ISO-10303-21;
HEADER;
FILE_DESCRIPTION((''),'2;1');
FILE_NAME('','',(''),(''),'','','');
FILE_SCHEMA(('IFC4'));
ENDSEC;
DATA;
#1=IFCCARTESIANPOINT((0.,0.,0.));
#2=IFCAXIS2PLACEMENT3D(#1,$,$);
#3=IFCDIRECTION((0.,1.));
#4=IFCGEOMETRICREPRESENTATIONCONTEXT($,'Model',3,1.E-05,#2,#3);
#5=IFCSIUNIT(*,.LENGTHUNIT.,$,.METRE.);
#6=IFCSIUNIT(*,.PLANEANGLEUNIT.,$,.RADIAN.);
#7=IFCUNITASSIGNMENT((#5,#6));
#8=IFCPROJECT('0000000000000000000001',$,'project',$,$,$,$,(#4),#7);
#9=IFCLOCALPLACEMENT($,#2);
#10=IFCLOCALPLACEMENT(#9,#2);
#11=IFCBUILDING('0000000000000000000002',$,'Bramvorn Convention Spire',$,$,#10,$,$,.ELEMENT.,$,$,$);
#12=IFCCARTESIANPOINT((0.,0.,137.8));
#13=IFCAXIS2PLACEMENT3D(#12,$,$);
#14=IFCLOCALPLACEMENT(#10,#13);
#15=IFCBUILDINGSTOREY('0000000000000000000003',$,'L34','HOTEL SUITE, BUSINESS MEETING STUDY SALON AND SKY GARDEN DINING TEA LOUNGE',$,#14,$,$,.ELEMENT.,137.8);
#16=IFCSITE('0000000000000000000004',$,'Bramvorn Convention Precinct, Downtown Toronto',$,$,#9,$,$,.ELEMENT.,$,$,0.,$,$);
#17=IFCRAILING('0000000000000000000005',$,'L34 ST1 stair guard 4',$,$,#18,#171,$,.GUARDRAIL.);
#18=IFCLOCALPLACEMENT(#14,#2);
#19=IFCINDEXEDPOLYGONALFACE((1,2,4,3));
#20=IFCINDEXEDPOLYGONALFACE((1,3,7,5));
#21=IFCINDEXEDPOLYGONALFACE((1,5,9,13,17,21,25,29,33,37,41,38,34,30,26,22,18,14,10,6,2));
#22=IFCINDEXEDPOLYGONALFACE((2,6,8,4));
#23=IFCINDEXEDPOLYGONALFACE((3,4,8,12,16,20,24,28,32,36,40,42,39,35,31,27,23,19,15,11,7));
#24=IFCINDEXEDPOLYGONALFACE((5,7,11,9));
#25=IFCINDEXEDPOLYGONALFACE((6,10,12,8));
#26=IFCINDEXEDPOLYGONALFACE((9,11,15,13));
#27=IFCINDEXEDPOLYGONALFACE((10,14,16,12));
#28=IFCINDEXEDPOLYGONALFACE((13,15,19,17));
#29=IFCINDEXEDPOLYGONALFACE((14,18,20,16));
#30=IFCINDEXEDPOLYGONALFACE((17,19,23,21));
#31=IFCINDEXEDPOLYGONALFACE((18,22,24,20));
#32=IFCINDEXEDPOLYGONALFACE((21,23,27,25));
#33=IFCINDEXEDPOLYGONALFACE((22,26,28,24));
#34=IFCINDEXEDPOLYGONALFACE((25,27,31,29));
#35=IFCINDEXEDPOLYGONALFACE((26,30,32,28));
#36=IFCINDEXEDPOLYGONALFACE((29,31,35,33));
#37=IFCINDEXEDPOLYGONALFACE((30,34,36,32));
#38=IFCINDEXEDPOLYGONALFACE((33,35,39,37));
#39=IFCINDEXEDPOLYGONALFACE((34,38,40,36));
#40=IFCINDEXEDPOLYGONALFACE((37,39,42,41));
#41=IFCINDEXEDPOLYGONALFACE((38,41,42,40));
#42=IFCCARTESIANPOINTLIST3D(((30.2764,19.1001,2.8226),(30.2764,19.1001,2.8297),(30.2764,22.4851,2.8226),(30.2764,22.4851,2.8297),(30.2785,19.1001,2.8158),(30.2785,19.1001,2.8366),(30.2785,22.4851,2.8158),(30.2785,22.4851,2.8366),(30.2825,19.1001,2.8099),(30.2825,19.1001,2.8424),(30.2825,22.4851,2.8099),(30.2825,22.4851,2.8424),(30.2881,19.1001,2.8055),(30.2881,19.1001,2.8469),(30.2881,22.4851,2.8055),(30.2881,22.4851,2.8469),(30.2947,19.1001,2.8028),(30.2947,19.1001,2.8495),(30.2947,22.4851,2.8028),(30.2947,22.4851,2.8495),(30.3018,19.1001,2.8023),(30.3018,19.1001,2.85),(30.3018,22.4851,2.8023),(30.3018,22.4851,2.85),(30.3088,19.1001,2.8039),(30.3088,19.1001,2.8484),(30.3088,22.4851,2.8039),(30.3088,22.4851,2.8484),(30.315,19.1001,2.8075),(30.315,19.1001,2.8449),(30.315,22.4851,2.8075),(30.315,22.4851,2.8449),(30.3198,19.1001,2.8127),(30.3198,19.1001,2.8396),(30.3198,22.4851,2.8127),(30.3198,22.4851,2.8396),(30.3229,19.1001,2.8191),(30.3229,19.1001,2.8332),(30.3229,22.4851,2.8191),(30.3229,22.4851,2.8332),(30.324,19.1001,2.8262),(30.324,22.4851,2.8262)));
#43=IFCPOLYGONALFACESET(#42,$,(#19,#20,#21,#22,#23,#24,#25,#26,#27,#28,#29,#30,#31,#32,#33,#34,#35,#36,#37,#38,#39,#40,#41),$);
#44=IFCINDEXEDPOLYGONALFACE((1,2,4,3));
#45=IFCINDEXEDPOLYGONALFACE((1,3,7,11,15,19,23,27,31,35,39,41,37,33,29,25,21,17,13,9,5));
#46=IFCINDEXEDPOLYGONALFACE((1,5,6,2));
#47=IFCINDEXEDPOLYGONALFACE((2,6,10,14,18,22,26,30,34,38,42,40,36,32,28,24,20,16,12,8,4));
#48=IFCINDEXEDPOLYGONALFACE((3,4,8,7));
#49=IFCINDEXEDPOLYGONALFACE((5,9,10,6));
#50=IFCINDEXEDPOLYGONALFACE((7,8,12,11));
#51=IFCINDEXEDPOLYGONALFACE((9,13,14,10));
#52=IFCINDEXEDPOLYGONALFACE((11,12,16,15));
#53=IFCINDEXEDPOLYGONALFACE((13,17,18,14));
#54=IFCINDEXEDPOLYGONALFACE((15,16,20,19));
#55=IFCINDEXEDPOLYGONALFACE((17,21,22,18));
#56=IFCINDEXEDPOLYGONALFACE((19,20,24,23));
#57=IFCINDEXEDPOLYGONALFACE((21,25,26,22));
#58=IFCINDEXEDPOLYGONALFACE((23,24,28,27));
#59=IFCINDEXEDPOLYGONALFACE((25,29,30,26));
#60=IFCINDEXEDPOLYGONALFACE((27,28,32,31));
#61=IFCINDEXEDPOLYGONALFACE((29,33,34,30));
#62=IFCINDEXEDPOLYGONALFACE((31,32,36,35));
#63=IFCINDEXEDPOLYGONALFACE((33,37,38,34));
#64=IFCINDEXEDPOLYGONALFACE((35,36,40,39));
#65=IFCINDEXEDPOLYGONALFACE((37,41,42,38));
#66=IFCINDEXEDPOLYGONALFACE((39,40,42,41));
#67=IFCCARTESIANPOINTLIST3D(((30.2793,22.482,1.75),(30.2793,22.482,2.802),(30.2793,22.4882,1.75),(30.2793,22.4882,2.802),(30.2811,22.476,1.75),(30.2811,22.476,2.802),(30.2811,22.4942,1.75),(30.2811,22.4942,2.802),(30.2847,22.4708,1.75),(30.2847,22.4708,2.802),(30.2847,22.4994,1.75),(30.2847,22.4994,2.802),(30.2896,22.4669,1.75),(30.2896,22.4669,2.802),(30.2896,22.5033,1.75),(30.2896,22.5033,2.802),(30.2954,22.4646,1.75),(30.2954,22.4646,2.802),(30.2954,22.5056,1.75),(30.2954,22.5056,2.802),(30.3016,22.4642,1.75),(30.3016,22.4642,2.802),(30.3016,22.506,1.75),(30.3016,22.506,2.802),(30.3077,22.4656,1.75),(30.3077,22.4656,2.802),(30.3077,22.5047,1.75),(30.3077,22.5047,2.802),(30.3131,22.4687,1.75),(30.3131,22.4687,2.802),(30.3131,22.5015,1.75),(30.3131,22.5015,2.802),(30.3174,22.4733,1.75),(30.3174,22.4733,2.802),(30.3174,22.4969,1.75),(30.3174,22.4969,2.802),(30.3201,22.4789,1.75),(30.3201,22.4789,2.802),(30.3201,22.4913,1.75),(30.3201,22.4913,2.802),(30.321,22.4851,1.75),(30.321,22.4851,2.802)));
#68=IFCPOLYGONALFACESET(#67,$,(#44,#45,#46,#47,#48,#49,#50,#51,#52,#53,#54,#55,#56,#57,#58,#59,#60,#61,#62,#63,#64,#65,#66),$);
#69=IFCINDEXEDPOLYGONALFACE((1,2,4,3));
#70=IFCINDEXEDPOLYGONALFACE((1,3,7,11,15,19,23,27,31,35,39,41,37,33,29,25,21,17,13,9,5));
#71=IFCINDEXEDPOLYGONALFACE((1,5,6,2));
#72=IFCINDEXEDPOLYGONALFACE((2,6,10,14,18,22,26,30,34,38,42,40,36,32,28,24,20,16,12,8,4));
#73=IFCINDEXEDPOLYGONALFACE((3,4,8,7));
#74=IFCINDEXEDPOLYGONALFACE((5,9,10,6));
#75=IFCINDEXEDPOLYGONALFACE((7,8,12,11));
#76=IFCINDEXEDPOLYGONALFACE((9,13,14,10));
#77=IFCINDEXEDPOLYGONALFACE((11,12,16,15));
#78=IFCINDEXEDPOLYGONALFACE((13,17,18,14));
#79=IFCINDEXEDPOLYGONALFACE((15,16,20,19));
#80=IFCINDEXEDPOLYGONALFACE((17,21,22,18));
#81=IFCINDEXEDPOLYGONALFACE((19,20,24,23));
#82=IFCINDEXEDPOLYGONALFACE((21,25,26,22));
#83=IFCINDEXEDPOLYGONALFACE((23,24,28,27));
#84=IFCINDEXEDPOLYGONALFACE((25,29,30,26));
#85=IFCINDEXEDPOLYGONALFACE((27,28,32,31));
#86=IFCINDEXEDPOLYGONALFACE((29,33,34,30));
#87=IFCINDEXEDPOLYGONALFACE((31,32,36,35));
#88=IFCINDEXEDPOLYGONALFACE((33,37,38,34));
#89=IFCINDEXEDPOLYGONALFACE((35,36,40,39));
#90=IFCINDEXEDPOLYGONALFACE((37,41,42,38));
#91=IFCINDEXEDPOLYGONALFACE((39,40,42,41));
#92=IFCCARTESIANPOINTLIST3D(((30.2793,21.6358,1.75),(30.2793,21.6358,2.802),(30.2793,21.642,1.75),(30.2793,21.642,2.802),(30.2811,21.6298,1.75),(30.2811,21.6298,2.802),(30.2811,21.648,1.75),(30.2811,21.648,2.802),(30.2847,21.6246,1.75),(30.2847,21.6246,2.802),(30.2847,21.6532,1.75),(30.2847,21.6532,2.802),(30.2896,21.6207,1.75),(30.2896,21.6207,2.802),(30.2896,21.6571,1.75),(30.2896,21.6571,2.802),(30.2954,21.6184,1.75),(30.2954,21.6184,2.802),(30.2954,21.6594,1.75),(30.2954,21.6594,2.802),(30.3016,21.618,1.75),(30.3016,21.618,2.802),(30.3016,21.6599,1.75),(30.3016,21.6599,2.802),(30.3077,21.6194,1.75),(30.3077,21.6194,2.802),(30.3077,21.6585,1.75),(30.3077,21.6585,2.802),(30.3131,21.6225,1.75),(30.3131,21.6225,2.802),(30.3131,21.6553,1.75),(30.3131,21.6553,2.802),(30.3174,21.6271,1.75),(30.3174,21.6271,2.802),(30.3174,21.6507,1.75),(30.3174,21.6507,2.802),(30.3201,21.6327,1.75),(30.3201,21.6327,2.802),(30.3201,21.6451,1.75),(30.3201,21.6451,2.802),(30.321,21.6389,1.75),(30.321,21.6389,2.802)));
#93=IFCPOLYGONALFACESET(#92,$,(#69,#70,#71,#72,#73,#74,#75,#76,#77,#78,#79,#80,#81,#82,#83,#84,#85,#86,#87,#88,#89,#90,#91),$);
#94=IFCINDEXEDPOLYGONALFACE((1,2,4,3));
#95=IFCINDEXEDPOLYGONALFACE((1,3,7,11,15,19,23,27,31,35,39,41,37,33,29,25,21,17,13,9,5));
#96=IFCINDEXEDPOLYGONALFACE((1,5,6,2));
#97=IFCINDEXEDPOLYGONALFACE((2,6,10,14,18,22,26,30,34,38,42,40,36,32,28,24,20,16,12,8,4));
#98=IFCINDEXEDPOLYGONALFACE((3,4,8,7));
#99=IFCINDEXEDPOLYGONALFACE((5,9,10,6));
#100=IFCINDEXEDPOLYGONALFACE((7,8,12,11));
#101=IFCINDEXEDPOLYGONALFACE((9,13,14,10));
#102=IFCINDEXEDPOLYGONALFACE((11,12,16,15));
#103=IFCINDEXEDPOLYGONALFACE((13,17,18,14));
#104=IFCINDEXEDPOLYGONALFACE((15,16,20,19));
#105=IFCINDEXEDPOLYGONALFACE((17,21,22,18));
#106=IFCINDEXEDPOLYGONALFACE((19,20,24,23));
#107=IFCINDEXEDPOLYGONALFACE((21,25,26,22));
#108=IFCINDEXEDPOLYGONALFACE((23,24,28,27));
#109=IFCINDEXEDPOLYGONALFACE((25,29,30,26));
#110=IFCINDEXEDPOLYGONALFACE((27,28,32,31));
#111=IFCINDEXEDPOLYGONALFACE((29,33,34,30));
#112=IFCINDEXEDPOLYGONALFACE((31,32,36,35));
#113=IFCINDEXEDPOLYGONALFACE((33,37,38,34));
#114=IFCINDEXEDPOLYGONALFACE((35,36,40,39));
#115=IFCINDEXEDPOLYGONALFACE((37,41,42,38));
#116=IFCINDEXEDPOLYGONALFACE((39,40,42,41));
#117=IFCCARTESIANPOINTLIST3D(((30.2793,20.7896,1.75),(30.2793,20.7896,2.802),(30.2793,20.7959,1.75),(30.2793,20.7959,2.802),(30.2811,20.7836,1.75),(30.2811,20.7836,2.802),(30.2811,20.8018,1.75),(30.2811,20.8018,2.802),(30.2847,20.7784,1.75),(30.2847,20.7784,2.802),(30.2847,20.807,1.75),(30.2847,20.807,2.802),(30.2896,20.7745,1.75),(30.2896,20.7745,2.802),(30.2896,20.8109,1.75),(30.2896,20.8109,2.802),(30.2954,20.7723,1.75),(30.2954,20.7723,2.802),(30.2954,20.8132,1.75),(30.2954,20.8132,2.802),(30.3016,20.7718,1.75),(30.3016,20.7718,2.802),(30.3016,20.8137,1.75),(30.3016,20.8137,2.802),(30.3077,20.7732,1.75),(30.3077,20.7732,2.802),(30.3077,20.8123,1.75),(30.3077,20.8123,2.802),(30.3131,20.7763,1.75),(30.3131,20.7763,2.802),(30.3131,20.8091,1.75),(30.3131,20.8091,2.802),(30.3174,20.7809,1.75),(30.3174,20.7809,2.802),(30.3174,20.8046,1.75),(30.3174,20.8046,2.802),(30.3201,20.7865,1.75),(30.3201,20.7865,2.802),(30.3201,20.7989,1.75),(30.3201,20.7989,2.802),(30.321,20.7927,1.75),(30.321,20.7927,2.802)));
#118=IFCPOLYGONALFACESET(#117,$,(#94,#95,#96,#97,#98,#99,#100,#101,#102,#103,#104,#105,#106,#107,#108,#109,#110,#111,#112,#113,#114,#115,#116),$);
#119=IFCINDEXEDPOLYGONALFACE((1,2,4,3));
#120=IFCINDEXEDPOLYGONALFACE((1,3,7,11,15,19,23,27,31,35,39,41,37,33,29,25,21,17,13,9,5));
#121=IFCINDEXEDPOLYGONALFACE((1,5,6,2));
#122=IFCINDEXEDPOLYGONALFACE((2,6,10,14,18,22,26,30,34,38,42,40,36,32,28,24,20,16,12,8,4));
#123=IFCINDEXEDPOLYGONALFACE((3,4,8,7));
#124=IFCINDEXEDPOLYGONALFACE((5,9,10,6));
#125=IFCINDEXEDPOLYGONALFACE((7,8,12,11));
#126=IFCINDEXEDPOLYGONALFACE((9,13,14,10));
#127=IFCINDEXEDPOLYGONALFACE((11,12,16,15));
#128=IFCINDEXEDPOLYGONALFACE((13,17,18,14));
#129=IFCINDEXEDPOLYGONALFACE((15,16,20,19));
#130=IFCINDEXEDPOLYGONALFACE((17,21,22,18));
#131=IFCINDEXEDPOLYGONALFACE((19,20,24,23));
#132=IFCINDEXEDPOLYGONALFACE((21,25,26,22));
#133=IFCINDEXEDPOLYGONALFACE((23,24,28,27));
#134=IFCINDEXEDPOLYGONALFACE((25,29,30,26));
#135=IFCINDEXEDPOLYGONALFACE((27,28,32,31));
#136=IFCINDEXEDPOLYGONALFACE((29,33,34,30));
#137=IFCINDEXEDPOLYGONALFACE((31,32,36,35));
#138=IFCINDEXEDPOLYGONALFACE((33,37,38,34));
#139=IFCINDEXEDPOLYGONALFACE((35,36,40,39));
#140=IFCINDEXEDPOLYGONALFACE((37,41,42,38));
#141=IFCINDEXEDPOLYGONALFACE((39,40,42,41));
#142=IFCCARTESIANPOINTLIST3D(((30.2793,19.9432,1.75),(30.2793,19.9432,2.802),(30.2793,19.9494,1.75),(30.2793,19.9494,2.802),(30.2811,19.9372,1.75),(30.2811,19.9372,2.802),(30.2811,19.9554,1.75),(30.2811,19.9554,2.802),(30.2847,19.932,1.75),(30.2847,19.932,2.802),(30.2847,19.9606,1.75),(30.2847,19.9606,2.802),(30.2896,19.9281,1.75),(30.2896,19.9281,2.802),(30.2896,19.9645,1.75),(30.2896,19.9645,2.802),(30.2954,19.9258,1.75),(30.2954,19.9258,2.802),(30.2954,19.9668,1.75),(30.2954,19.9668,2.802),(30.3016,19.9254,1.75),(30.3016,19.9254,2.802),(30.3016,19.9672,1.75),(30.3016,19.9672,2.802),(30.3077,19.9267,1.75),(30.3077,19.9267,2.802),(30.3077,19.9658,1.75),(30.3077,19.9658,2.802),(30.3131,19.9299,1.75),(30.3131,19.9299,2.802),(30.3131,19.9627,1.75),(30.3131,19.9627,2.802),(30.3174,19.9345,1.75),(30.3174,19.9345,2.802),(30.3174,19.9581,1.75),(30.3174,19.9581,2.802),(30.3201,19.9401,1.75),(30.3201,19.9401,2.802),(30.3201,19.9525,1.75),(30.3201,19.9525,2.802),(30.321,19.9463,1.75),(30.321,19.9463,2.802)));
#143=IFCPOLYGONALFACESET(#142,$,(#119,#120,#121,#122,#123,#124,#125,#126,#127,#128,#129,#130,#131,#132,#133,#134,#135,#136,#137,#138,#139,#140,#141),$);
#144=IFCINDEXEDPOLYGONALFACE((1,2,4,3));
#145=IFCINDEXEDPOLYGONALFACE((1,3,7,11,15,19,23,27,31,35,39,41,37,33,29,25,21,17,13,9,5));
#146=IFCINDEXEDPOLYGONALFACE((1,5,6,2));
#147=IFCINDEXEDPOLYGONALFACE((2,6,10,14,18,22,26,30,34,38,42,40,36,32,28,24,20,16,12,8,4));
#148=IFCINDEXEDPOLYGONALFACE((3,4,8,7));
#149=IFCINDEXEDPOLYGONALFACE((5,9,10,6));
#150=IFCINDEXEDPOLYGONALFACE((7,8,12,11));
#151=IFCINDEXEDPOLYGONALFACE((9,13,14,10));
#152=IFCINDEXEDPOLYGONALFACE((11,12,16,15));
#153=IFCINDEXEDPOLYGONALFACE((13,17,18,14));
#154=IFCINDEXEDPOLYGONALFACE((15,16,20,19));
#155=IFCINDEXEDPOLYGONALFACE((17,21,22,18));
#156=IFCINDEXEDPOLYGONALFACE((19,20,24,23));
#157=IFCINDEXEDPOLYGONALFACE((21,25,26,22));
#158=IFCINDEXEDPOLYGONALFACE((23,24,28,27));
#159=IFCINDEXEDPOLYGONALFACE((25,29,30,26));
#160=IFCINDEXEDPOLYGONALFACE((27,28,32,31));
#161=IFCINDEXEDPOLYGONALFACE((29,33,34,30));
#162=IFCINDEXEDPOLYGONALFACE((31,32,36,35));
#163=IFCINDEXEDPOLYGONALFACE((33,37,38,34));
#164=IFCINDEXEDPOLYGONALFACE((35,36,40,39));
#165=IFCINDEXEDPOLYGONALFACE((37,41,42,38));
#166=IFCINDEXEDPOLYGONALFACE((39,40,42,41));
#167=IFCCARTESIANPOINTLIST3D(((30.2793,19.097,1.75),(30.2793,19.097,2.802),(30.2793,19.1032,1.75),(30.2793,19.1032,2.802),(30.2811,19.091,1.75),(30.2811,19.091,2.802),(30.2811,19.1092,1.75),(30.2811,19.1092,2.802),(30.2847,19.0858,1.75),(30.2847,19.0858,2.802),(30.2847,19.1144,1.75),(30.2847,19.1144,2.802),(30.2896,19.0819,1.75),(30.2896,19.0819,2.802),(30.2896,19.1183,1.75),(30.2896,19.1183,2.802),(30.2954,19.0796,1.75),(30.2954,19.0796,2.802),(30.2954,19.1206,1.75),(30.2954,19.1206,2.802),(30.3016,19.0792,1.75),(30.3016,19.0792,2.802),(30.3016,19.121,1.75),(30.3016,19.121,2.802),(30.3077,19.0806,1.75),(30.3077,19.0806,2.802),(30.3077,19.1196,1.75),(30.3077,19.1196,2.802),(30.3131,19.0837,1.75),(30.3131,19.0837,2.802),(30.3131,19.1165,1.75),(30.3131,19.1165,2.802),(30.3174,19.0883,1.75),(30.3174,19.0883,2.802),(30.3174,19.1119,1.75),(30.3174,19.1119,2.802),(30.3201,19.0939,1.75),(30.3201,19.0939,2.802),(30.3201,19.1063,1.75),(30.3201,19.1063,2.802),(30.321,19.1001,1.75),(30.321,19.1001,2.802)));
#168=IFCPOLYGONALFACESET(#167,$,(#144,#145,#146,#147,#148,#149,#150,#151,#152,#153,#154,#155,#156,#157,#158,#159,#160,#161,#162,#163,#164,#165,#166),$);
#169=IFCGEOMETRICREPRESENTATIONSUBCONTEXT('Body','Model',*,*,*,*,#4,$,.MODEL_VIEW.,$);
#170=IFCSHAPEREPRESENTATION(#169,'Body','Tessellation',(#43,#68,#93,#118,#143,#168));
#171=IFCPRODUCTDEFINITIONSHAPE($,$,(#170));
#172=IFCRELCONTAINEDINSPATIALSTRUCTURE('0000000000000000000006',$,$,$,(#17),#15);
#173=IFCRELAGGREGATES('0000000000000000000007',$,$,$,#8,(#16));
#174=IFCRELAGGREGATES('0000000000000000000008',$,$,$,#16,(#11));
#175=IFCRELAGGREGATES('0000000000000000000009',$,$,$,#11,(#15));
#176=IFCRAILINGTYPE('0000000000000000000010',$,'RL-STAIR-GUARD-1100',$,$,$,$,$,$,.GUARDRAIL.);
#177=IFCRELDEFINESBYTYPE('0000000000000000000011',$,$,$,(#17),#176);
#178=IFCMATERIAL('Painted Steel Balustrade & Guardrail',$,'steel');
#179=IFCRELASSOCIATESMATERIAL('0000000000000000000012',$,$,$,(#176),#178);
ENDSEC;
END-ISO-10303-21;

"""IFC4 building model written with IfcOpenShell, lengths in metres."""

from ifc_helpers import new_model, si_unit, direction, frame, origin, origin_2d, place, context, subcontext, project, spatial, circle, extrude, material, type_object, element, save


model = new_model("IFC4")

# Units and contexts
model_context = context("Model", 3, precision=1e-05, world=origin(), true_north=direction((0.0, 1.0)))
body_context = subcontext(model_context, "Body", "Model", "MODEL_VIEW")
ifc_project = project(units=[si_unit("LENGTHUNIT", "METRE"), si_unit("PLANEANGLEUNIT", "RADIAN")], contexts=[model_context])

# Site, building, storey
site_placement = place(None, origin())
site = spatial("IfcSite", under=ifc_project, at=site_placement, Name="Bramvorn Convention Precinct, Downtown Toronto", CompositionType="ELEMENT", RefElevation=0.0)
building_placement = place(site_placement, origin())
building = spatial("IfcBuilding", under=site, at=building_placement, Name="Bramvorn Convention Spire", CompositionType="ELEMENT")
storey_placement = place(building_placement, frame((0.0, 0.0, 137.8)))
storey = spatial("IfcBuildingStorey", under=building, at=storey_placement, Name="L34", Description="HOTEL SUITE, BUSINESS MEETING STUDY SALON AND SKY GARDEN DINING TEA LOUNGE", CompositionType="ELEMENT", Elevation=137.8)

# Railing
ifc_material_1 = material(Name="Painted Steel Balustrade & Guardrail", Category="steel")
railing_type_1 = type_object("IfcRailingType", Name="RL-STAIR-GUARD-1100", PredefinedType="GUARDRAIL", material=ifc_material_1)
railing_1_placement = place(storey_placement, frame((30.3, 22.4851, 1.75)))
element("IfcRailing", 1, at=railing_1_placement, inside=storey, type_object=railing_type_1, Name="L34 ST1 stair guard 4", PredefinedType="GUARDRAIL", context=body_context, shape_type="SweptSolid", body=[
    extrude(circle(Radius=0.0239, at=origin_2d()), frame((0.0, 0.0, 1.0762), z_axis=(0.0, -1.0, 0.0), x_axis=(1.0, 0.0, 0.0)), (0.0, 0.0, 1.0), 3.385),
    extrude(circle(Radius=0.021, at=origin_2d()), origin(), (0.0, 0.0, 1.0), 1.052),
    extrude(circle(Radius=0.021, at=origin_2d()), frame((0.0, -0.8462, 0.0)), (0.0, 0.0, 1.0), 1.052),
    extrude(circle(Radius=0.021, at=origin_2d()), frame((0.0, -1.6924, 0.0)), (0.0, 0.0, 1.0), 1.052),
    extrude(circle(Radius=0.021, at=origin_2d()), frame((0.0, -2.5388, 0.0)), (0.0, 0.0, 1.0), 1.052),
    extrude(circle(Radius=0.021, at=origin_2d()), frame((0.0, -3.385, 0.0)), (0.0, 0.0, 1.0), 1.052),
])

save(model, "model.ifc")
